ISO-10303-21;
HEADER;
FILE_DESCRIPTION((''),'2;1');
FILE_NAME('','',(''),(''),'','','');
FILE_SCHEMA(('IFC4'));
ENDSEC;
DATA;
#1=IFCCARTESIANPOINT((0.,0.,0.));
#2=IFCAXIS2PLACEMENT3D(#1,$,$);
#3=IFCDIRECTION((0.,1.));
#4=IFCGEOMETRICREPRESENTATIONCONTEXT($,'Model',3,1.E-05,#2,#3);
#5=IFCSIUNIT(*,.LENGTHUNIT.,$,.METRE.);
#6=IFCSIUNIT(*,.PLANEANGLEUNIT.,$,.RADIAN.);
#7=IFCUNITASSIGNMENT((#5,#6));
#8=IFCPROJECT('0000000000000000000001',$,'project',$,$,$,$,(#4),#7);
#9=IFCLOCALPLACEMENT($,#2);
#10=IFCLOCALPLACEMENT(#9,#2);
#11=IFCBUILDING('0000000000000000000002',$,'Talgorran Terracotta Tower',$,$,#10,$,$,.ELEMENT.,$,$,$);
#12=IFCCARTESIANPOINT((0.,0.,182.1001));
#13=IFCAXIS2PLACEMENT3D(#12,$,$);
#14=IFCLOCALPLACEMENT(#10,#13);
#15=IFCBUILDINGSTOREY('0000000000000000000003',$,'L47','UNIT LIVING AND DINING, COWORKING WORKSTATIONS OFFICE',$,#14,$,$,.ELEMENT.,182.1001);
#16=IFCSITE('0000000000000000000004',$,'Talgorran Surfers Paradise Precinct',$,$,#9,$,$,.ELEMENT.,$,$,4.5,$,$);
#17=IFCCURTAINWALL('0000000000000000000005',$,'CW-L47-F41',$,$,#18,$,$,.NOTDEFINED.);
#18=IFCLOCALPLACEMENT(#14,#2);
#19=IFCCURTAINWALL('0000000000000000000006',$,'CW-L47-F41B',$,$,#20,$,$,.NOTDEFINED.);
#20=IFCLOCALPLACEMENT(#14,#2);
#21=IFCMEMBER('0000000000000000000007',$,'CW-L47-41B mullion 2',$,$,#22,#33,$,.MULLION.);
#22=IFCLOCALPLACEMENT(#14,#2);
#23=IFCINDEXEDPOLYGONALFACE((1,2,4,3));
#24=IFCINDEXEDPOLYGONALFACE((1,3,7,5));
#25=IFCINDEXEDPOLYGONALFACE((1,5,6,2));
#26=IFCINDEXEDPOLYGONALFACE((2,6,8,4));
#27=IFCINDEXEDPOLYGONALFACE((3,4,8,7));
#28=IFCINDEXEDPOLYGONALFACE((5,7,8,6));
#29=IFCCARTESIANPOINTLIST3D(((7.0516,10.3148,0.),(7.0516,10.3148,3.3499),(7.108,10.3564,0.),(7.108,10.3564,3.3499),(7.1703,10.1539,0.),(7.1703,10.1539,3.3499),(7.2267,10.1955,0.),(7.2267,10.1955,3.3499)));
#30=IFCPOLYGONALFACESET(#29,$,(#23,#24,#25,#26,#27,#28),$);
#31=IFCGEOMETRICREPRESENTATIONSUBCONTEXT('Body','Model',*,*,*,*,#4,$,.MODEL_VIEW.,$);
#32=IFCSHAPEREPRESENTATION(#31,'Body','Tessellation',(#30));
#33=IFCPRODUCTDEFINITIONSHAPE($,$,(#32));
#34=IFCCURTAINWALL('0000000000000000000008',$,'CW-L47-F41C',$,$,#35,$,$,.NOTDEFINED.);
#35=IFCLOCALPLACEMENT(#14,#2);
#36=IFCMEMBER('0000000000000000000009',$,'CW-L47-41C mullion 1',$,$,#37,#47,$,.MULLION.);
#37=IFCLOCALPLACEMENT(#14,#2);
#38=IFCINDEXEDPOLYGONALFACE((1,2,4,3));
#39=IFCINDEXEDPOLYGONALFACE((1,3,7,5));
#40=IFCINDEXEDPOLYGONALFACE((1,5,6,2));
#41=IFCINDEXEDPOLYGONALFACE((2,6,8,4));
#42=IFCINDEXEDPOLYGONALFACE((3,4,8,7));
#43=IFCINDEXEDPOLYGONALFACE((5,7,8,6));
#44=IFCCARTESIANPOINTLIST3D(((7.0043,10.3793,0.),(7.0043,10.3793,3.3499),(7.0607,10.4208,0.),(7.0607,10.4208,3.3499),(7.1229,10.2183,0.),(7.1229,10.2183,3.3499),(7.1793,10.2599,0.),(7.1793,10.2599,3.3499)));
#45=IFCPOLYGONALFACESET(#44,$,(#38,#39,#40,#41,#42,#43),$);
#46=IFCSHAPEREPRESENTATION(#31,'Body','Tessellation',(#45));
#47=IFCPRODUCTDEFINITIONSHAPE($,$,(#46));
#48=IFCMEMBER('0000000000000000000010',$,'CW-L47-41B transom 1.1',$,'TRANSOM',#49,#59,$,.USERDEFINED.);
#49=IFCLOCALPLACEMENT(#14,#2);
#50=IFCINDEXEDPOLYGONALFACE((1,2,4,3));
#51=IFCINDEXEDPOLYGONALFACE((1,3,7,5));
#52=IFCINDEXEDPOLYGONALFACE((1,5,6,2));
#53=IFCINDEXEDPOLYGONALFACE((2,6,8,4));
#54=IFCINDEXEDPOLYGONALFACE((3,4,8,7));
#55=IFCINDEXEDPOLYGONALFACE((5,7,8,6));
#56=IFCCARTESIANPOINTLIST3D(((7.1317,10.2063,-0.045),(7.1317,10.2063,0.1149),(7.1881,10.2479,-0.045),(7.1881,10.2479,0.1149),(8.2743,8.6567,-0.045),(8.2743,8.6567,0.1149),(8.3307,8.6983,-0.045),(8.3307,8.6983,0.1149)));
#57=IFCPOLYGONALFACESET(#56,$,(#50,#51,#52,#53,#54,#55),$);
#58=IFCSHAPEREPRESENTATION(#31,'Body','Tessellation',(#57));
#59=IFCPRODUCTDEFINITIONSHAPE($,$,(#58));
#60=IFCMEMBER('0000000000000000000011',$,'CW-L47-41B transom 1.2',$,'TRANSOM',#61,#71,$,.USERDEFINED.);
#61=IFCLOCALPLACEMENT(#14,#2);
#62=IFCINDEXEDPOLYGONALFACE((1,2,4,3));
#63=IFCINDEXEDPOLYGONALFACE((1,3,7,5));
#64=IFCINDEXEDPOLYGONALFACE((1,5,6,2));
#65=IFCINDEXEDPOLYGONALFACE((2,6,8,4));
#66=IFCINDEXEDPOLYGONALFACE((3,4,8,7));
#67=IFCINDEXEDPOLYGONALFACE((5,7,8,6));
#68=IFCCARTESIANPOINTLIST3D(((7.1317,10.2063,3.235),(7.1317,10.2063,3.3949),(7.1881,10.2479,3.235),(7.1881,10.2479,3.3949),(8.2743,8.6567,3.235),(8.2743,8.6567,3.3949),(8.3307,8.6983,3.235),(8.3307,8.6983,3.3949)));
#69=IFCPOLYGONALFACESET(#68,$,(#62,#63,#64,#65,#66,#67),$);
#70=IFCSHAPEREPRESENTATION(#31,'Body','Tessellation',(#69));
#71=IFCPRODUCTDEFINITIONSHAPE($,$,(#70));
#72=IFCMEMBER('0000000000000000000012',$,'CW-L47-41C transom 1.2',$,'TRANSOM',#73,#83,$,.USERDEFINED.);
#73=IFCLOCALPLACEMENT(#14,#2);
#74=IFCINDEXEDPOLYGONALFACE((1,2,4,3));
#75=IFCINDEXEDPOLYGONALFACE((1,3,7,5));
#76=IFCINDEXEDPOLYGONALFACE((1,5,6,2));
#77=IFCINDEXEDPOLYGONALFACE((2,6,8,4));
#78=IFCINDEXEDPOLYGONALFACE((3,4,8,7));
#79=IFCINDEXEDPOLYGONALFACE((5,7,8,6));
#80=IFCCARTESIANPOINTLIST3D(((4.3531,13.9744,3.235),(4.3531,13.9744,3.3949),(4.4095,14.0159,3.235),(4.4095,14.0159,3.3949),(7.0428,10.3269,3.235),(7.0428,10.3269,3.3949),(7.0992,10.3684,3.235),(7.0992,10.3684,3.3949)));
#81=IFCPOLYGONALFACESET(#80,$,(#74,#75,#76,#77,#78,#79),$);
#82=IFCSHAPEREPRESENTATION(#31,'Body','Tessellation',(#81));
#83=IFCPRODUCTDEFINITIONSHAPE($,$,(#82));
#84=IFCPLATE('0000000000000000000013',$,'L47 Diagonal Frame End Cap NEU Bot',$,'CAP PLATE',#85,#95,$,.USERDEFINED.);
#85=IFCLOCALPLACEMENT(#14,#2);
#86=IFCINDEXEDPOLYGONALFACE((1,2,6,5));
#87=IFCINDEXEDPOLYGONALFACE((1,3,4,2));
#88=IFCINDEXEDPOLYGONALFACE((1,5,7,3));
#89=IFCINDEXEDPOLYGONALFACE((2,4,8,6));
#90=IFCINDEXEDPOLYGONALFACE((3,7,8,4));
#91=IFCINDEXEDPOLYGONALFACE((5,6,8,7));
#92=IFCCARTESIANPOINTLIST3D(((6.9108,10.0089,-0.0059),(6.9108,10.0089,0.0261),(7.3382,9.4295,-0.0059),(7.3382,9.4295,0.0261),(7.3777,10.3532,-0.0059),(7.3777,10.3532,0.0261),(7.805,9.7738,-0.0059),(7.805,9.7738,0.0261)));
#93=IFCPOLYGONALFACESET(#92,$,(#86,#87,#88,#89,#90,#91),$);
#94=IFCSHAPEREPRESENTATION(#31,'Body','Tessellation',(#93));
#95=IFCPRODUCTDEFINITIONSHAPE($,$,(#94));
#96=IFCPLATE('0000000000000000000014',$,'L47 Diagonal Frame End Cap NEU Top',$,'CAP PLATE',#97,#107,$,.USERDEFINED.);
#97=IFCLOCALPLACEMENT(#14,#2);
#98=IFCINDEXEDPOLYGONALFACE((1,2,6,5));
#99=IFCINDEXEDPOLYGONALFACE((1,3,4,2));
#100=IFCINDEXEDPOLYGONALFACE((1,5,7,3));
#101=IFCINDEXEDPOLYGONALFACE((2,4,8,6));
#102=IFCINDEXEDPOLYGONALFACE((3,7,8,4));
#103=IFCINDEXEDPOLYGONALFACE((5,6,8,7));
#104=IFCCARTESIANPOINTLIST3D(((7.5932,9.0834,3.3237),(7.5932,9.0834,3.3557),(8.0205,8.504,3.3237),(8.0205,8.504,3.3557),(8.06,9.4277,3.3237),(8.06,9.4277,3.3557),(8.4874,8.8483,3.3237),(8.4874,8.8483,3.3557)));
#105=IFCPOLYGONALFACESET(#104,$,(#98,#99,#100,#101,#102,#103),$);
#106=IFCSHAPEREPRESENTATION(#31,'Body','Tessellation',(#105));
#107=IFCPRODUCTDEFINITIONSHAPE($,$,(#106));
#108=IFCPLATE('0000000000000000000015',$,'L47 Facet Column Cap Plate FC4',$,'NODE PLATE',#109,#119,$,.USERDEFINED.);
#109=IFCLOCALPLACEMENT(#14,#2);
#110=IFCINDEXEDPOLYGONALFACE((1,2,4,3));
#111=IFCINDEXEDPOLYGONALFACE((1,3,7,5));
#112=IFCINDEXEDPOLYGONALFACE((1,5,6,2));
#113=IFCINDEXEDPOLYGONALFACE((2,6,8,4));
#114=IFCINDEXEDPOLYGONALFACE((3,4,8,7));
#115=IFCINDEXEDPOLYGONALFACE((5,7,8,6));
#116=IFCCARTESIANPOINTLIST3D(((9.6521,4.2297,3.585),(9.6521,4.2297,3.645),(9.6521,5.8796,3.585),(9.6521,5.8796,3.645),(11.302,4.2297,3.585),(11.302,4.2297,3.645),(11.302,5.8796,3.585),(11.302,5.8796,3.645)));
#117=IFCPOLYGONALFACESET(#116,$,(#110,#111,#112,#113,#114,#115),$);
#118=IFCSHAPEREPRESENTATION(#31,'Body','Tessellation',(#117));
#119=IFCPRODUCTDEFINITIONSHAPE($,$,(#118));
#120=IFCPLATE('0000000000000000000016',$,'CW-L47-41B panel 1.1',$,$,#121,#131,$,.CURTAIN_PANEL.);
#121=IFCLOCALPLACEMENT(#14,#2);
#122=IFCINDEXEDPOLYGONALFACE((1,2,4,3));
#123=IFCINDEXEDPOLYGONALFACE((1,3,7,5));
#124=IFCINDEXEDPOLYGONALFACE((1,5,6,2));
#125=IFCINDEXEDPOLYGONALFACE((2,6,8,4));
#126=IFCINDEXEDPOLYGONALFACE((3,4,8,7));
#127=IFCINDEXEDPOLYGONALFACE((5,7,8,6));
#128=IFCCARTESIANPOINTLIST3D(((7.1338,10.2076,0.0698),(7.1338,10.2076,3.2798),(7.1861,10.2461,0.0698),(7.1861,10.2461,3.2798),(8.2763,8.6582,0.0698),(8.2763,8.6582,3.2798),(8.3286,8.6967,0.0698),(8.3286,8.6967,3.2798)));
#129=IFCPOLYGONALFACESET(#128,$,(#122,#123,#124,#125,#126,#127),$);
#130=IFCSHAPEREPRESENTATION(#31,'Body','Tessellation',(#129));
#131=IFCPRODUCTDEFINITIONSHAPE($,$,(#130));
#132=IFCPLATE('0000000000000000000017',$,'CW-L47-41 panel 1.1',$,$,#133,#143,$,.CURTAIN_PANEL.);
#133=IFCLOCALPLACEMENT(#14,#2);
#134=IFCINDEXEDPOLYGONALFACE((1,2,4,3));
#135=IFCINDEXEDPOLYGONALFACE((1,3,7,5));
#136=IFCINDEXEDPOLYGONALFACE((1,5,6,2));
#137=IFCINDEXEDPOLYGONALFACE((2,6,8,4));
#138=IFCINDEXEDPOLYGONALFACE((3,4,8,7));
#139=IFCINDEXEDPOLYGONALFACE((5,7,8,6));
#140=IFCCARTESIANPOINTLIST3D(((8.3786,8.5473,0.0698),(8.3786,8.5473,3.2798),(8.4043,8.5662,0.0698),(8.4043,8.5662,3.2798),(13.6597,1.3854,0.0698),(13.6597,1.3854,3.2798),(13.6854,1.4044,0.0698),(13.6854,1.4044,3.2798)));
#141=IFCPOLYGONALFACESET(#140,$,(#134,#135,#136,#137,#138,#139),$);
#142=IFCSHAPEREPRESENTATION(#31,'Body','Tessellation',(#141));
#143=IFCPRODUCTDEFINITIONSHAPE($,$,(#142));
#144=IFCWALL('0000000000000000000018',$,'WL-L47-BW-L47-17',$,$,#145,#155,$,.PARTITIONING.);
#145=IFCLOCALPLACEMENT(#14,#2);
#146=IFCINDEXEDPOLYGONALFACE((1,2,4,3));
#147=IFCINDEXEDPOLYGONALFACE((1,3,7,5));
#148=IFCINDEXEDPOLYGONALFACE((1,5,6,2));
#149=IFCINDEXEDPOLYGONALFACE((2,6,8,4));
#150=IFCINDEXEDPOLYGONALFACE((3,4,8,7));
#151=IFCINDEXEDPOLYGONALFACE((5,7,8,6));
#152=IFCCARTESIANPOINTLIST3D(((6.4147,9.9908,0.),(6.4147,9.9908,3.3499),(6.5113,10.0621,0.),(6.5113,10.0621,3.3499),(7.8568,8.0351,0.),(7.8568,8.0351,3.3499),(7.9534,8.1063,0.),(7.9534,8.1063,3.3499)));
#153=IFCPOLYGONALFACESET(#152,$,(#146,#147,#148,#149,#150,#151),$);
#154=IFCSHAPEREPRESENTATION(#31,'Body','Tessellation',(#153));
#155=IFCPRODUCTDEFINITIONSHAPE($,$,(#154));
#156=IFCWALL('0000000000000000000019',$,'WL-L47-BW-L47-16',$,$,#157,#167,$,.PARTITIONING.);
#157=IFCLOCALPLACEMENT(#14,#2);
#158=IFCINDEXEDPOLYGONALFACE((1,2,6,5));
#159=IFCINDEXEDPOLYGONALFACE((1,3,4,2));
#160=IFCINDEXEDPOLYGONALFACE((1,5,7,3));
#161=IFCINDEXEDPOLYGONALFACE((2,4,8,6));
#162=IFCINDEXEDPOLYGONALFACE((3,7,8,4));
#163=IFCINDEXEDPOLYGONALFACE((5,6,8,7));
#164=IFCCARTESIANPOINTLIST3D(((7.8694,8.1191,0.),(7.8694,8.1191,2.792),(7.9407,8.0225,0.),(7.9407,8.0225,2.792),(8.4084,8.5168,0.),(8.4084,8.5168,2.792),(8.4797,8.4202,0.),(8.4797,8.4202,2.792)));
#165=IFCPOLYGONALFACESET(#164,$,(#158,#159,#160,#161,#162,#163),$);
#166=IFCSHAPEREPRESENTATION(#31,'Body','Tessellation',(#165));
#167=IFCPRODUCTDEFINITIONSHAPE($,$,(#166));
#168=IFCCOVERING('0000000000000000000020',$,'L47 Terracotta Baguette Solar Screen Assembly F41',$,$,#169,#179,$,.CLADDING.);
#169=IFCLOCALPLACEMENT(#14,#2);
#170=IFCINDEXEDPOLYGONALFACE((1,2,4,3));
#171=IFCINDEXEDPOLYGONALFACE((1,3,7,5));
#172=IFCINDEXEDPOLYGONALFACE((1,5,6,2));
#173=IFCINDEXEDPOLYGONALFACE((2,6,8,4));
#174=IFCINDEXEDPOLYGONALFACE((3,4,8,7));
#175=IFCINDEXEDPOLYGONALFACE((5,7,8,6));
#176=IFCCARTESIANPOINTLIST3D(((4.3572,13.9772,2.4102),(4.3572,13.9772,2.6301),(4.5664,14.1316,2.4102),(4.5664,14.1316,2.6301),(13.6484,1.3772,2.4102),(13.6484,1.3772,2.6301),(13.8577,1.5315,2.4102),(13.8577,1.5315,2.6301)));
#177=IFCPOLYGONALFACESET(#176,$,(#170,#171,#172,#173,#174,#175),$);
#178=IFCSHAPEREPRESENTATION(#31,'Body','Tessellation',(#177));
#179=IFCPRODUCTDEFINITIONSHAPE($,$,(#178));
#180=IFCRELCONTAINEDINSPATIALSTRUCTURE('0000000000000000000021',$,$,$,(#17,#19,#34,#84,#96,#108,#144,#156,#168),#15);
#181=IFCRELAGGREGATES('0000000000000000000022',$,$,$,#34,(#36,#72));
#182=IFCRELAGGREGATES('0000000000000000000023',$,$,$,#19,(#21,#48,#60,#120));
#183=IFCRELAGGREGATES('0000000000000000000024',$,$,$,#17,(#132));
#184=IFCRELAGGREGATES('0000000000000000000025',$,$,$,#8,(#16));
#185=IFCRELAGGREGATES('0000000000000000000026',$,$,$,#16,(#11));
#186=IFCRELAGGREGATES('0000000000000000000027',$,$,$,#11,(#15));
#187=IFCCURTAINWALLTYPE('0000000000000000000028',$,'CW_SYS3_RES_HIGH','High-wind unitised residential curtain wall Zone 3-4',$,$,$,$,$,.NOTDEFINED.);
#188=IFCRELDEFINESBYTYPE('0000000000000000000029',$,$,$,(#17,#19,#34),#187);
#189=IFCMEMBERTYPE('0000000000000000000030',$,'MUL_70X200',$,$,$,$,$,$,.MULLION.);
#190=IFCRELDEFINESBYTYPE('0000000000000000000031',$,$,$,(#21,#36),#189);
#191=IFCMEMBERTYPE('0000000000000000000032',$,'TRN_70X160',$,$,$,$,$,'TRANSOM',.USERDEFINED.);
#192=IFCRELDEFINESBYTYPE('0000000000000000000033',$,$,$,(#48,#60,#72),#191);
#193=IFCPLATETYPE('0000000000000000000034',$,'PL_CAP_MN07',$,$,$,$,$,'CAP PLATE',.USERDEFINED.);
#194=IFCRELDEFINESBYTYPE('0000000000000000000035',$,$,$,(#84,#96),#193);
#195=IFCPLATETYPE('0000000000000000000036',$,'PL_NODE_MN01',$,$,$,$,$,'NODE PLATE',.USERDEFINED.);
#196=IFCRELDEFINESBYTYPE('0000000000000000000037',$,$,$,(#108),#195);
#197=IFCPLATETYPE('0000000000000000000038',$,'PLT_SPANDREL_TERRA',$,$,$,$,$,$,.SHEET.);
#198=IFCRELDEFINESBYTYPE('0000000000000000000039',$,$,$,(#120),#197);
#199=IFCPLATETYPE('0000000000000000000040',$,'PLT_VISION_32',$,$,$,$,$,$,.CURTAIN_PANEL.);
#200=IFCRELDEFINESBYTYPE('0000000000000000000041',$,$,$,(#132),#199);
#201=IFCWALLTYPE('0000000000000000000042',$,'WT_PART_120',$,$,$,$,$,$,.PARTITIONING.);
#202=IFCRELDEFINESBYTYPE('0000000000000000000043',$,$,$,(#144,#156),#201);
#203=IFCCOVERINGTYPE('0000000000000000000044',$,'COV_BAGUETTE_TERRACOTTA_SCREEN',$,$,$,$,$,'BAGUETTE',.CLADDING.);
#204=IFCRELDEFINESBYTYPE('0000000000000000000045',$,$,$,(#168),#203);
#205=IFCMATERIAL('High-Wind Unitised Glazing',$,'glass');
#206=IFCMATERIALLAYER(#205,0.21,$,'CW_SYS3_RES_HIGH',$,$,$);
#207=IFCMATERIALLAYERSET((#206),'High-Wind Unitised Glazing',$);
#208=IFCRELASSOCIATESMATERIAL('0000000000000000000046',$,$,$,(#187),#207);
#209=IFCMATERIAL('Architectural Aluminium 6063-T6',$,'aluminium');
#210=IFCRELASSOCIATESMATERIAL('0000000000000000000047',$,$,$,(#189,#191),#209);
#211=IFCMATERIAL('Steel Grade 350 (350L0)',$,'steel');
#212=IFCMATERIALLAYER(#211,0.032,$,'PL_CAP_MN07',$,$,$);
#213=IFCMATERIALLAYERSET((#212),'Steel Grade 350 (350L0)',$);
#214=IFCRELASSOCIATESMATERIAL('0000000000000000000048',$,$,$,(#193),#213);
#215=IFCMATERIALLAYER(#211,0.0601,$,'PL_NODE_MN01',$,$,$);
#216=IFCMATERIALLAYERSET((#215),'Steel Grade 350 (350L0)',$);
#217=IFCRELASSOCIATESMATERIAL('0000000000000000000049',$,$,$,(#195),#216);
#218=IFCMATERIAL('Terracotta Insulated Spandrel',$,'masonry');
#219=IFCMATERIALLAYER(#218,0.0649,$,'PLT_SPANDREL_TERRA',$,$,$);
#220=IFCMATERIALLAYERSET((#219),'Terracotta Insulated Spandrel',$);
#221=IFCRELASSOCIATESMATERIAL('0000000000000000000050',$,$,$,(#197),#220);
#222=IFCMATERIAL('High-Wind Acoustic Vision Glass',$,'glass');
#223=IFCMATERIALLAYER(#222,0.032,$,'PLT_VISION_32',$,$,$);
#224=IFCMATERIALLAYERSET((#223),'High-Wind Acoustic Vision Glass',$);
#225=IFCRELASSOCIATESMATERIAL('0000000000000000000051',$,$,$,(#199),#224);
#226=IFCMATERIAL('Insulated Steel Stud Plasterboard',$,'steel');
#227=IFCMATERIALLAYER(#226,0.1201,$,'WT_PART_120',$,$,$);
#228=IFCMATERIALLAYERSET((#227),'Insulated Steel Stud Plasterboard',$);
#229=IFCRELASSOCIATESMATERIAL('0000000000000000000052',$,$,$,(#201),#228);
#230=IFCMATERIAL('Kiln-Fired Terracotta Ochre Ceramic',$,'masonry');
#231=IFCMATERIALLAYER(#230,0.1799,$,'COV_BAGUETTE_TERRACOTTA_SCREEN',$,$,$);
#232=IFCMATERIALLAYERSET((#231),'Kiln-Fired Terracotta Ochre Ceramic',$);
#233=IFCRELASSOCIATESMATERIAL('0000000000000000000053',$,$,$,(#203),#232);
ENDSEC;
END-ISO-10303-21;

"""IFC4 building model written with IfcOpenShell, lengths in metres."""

from ifc_helpers import new_model, si_unit, direction, frame, frame_2d, origin, origin_2d, place, context, subcontext, project, spatial, rectangle, extrude, source, transform, mapped, material, layer, layer_set, material_profile, profile_set, type_object, type_shapes, element, aggregate, save


model = new_model("IFC4")

# Units and contexts
model_context = context("Model", 3, precision=1e-05, world=origin(), true_north=direction((0.0, 1.0)))
body_context = subcontext(model_context, "Body", "Model", "MODEL_VIEW")
ifc_project = project(units=[si_unit("LENGTHUNIT", "METRE"), si_unit("PLANEANGLEUNIT", "RADIAN")], contexts=[model_context])

# Site, building, storey
site_placement = place(None, origin())
site = spatial("IfcSite", under=ifc_project, at=site_placement, Name="Talgorran Surfers Paradise Precinct", CompositionType="ELEMENT", RefElevation=4.5)
building_placement = place(site_placement, origin())
building = spatial("IfcBuilding", under=site, at=building_placement, Name="Talgorran Terracotta Tower", CompositionType="ELEMENT")
storey_placement = place(building_placement, frame((0.0, 0.0, 182.1001)))
storey = spatial("IfcBuildingStorey", under=building, at=storey_placement, Name="L47", Description="UNIT LIVING AND DINING, COWORKING WORKSTATIONS OFFICE", CompositionType="ELEMENT", Elevation=182.1001)

# Shared definitions
ifc_material_1 = material(Name="Steel Grade 350 (350L0)", Category="steel")

# Curtain wall
ifc_material_2 = material(Name="High-Wind Unitised Glazing", Category="glass")
ifc_layer_1 = layer(ifc_material_2, 0.21, Name="CW_SYS3_RES_HIGH")
ifc_layer_set_1 = layer_set([ifc_layer_1], Name="High-Wind Unitised Glazing")
curtain_wall_type = type_object("IfcCurtainWallType", Name="CW_SYS3_RES_HIGH", Description="High-wind unitised residential curtain wall Zone 3-4", PredefinedType="NOTDEFINED", material=ifc_layer_set_1)
curtain_wall_1_placement = place(storey_placement, origin())
curtain_wall_1 = element("IfcCurtainWall", 1, at=curtain_wall_1_placement, inside=storey, type_object=curtain_wall_type, Name="CW-L47-F41", PredefinedType="NOTDEFINED")
ifc_material_3 = material(Name="Architectural Aluminium 6063-T6", Category="aluminium")
ifc_material_profile_1 = material_profile(ifc_material_3, rectangle(XDim=0.0701, YDim=0.2, at=origin_2d()), Name="CWM70X200")
ifc_profile_set_1 = profile_set([ifc_material_profile_1], Name="Architectural Aluminium 6063-T6")
member_type_1 = type_object("IfcMemberType", Name="MUL_70X200", PredefinedType="MULLION", material=ifc_profile_set_1)

# Curtain wall, member
curtain_wall_2_placement = place(storey_placement, origin())
curtain_wall_2 = element("IfcCurtainWall", 2, at=curtain_wall_2_placement, inside=storey, type_object=curtain_wall_type, Name="CW-L47-F41B", PredefinedType="NOTDEFINED")
member_1_placement = place(storey_placement, frame((7.1392, 10.2551, 0.0), z_axis=(0.0, 0.0, 1.0), x_axis=(-0.804849, -0.59348, 0.0)))
member_1 = element("IfcMember", 3, at=member_1_placement, type_object=member_type_1, Name="CW-L47-41B mullion 2", PredefinedType="MULLION", context=body_context, shape_type="SweptSolid", body=[
    extrude(rectangle(XDim=0.0701, YDim=0.2, at=origin_2d()), origin(), (0.0, 0.0, 1.0), 3.3499),
])

# Curtain wall, member
curtain_wall_3_placement = place(storey_placement, origin())
curtain_wall_3 = element("IfcCurtainWall", 4, at=curtain_wall_3_placement, inside=storey, type_object=curtain_wall_type, Name="CW-L47-F41C", PredefinedType="NOTDEFINED")
member_2_placement = place(storey_placement, frame((7.0918, 10.3196, 0.0), z_axis=(0.0, 0.0, 1.0), x_axis=(-0.804834, -0.593501, 0.0)))
member_2 = element("IfcMember", 5, at=member_2_placement, type_object=member_type_1, Name="CW-L47-41C mullion 1", PredefinedType="MULLION", context=body_context, shape_type="SweptSolid", body=[
    extrude(rectangle(XDim=0.0701, YDim=0.2, at=origin_2d()), origin(), (0.0, 0.0, 1.0), 3.3499),
])

# Members
ifc_material_profile_2 = material_profile(ifc_material_3, rectangle(XDim=0.0701, YDim=0.1599, at=origin_2d()), Name="CWT70X160")
ifc_profile_set_2 = profile_set([ifc_material_profile_2], Name="Architectural Aluminium 6063-T6")
member_type_2 = type_object("IfcMemberType", Name="TRN_70X160", ElementType="TRANSOM", PredefinedType="USERDEFINED", material=ifc_profile_set_2)
member_3_placement = place(storey_placement, frame((8.3025, 8.6775, 0.0349), z_axis=(-0.593467, 0.804858, 0.0), x_axis=(-0.804858, -0.593467, 0.0)))
member_3 = element("IfcMember", 6, at=member_3_placement, type_object=member_type_2, Name="CW-L47-41B transom 1.1", ObjectType="TRANSOM", PredefinedType="USERDEFINED", context=body_context, shape_type="SweptSolid", body=[
    extrude(rectangle(XDim=0.0701, YDim=0.1599, at=origin_2d()), origin(), (0.0, 0.0, 1.0), 1.9253),
])
member_4_placement = place(storey_placement, frame((8.3025, 8.6775, 3.3149), z_axis=(-0.593467, 0.804858, 0.0), x_axis=(-0.804858, -0.593467, 0.0)))
member_4 = element("IfcMember", 7, at=member_4_placement, type_object=member_type_2, Name="CW-L47-41B transom 1.2", ObjectType="TRANSOM", PredefinedType="USERDEFINED", context=body_context, shape_type="SweptSolid", body=[
    extrude(rectangle(XDim=0.0701, YDim=0.1599, at=origin_2d()), origin(), (0.0, 0.0, 1.0), 1.9253),
])
member_5_placement = place(storey_placement, frame((7.071, 10.3477, 3.3149), z_axis=(-0.593499, 0.804835, 0.0), x_axis=(-0.804835, -0.593499, 0.0)))
member_5 = element("IfcMember", 8, at=member_5_placement, type_object=member_type_2, Name="CW-L47-41C transom 1.2", ObjectType="TRANSOM", PredefinedType="USERDEFINED", context=body_context, shape_type="SweptSolid", body=[
    extrude(rectangle(XDim=0.0701, YDim=0.1599, at=origin_2d()), origin(), (0.0, 0.0, 1.0), 4.532),
])
aggregate(curtain_wall_3, [member_2, member_5])

# Plates
ifc_layer_2 = layer(ifc_material_1, 0.032, Name="PL_CAP_MN07")
ifc_layer_set_2 = layer_set([ifc_layer_2], Name="Steel Grade 350 (350L0)")
plate_type_1 = type_object("IfcPlateType", Name="PL_CAP_MN07", ElementType="CAP PLATE", PredefinedType="USERDEFINED", material=ifc_layer_set_2)
for number, where, z_axis, x_axis, name in (
    (9, (7.3579, 9.8914, -0.0059), (0.0, 0.0, 1.0), (0.593559, -0.80479, 0.0), "L47 Diagonal Frame End Cap NEU Bot"),
    (10, (8.0403, 8.9658, 3.3237), (0.0, 0.0, 1.0), (0.593559, -0.80479, 0.0), "L47 Diagonal Frame End Cap NEU Top"),
):
    element("IfcPlate", number, at=place(storey_placement, frame(where, z_axis=z_axis, x_axis=x_axis)), inside=storey, type_object=plate_type_1, Name=name, ObjectType="CAP PLATE", PredefinedType="USERDEFINED", context=body_context, shape_type="SweptSolid", body=[
        extrude(rectangle(XDim=0.72, YDim=0.5801, at=origin_2d()), origin(), (0.0, 0.0, 1.0), 0.032),
    ])
ifc_layer_3 = layer(ifc_material_1, 0.0601, Name="PL_NODE_MN01")
ifc_layer_set_3 = layer_set([ifc_layer_3], Name="Steel Grade 350 (350L0)")
plate_type_2 = type_object("IfcPlateType", Name="PL_NODE_MN01", ElementType="NODE PLATE", PredefinedType="USERDEFINED", material=ifc_layer_set_3)
plate_1_placement = place(storey_placement, frame((10.4771, 5.0547, 3.585), z_axis=(0.0, 0.0, 1.0), x_axis=(1.0, 0.0, 0.0)))
element("IfcPlate", 11, at=plate_1_placement, inside=storey, type_object=plate_type_2, Name="L47 Facet Column Cap Plate FC4", ObjectType="NODE PLATE", PredefinedType="USERDEFINED", context=body_context, shape_type="SweptSolid", body=[
    extrude(rectangle(XDim=1.6499, YDim=1.6499, at=origin_2d()), origin(), (0.0, 0.0, 1.0), 0.0601),
])

# Plates
ifc_material_4 = material(Name="Terracotta Insulated Spandrel", Category="masonry")
ifc_layer_4 = layer(ifc_material_4, 0.0649, Name="PLT_SPANDREL_TERRA")
ifc_layer_set_4 = layer_set([ifc_layer_4], Name="Terracotta Insulated Spandrel")
plate_type_3 = type_object("IfcPlateType", Name="PLT_SPANDREL_TERRA", PredefinedType="SHEET", material=ifc_layer_set_4)
shared_shape_1 = source(origin(), body_context, "Body", "SweptSolid", [
    extrude(rectangle(XDim=1.925, YDim=0.0649, at=origin_2d()), origin(), (0.0, 0.0, 1.0), 3.21),
])
type_shapes(plate_type_3, [shared_shape_1])
plate_2_placement = place(storey_placement, frame((7.7312, 9.4521, 0.0698), z_axis=(0.0, 0.0, 1.0), x_axis=(-0.59348, 0.804849, 0.0)))
plate_2 = element("IfcPlate", 12, at=plate_2_placement, type_object=plate_type_3, Name="CW-L47-41B panel 1.1", PredefinedType="CURTAIN_PANEL", context=body_context, shape_type="MappedRepresentation", body=[
    mapped(shared_shape_1, transform((0.0, 0.0, 0.0), scale=1.0)),
])
aggregate(curtain_wall_2, [member_1, member_3, member_4, plate_2])
ifc_material_5 = material(Name="High-Wind Acoustic Vision Glass", Category="glass")
ifc_layer_5 = layer(ifc_material_5, 0.032, Name="PLT_VISION_32")
ifc_layer_set_5 = layer_set([ifc_layer_5], Name="High-Wind Acoustic Vision Glass")
plate_type_4 = type_object("IfcPlateType", Name="PLT_VISION_32", PredefinedType="CURTAIN_PANEL", material=ifc_layer_set_5)
shared_shape_2 = source(origin(), body_context, "Body", "SweptSolid", [
    extrude(rectangle(XDim=8.8984, YDim=0.032, at=origin_2d()), origin(), (0.0, 0.0, 1.0), 3.21),
])
type_shapes(plate_type_4, [shared_shape_2])
plate_3_placement = place(storey_placement, frame((11.032, 4.9758, 0.0698), z_axis=(0.0, 0.0, 1.0), x_axis=(-0.593489, 0.804842, 0.0)))
plate_3 = element("IfcPlate", 13, at=plate_3_placement, type_object=plate_type_4, Name="CW-L47-41 panel 1.1", PredefinedType="CURTAIN_PANEL", context=body_context, shape_type="MappedRepresentation", body=[
    mapped(shared_shape_2, transform((0.0, 0.0, 0.0), scale=1.0)),
])
aggregate(curtain_wall_1, [plate_3])

# Walls
ifc_material_6 = material(Name="Insulated Steel Stud Plasterboard", Category="steel")
ifc_layer_6 = layer(ifc_material_6, 0.1201, Name="WT_PART_120")
ifc_layer_set_6 = layer_set([ifc_layer_6], Name="Insulated Steel Stud Plasterboard")
wall_type = type_object("IfcWallType", Name="WT_PART_120", PredefinedType="PARTITIONING", material=ifc_layer_set_6)
wall_1_placement = place(storey_placement, frame((7.905, 8.0708, 0.0), z_axis=(0.0, 0.0, 1.0), x_axis=(-0.59347, 0.804856, 0.0)))
element("IfcWall", 14, at=wall_1_placement, inside=storey, type_object=wall_type, Name="WL-L47-BW-L47-17", PredefinedType="PARTITIONING", context=body_context, shape_type="SweptSolid", body=[
    extrude(rectangle(XDim=2.4299, YDim=0.1201, at=frame_2d((1.2148, 0.0))), origin(), (0.0, 0.0, 1.0), 3.3499),
])
wall_2_placement = place(storey_placement, frame((8.4441, 8.4685, 0.0), z_axis=(0.0, 0.0, 1.0), x_axis=(-0.804698, -0.593684, 0.0)))
element("IfcWall", 15, at=wall_2_placement, inside=storey, type_object=wall_type, Name="WL-L47-BW-L47-16", PredefinedType="PARTITIONING", context=body_context, shape_type="SweptSolid", body=[
    extrude(rectangle(XDim=0.6699, YDim=0.1201, at=frame_2d((0.335, 0.0))), origin(), (0.0, 0.0, 1.0), 2.792),
])

# Covering
ifc_material_7 = material(Name="Kiln-Fired Terracotta Ochre Ceramic", Category="masonry")
ifc_layer_7 = layer(ifc_material_7, 0.1799, Name="COV_BAGUETTE_TERRACOTTA_SCREEN")
ifc_layer_set_7 = layer_set([ifc_layer_7], Name="Kiln-Fired Terracotta Ochre Ceramic")
covering_type_1 = type_object("IfcCoveringType", Name="COV_BAGUETTE_TERRACOTTA_SCREEN", ElementType="BAGUETTE", PredefinedType="CLADDING", material=ifc_layer_set_7)
covering_1_placement = place(storey_placement, frame((9.1074, 7.7544, 2.4102), z_axis=(0.0, 0.0, 1.0), x_axis=(-0.593489, 0.804842, 0.0)))
element("IfcCovering", 16, at=covering_1_placement, inside=storey, type_object=covering_type_1, Name="L47 Terracotta Baguette Solar Screen Assembly F41", PredefinedType="CLADDING", context=body_context, shape_type="SweptSolid", body=[
    extrude(rectangle(XDim=15.6553, YDim=0.26, at=origin_2d()), origin(), (0.0, 0.0, 1.0), 0.22),
])

save(model, "model.ifc")
